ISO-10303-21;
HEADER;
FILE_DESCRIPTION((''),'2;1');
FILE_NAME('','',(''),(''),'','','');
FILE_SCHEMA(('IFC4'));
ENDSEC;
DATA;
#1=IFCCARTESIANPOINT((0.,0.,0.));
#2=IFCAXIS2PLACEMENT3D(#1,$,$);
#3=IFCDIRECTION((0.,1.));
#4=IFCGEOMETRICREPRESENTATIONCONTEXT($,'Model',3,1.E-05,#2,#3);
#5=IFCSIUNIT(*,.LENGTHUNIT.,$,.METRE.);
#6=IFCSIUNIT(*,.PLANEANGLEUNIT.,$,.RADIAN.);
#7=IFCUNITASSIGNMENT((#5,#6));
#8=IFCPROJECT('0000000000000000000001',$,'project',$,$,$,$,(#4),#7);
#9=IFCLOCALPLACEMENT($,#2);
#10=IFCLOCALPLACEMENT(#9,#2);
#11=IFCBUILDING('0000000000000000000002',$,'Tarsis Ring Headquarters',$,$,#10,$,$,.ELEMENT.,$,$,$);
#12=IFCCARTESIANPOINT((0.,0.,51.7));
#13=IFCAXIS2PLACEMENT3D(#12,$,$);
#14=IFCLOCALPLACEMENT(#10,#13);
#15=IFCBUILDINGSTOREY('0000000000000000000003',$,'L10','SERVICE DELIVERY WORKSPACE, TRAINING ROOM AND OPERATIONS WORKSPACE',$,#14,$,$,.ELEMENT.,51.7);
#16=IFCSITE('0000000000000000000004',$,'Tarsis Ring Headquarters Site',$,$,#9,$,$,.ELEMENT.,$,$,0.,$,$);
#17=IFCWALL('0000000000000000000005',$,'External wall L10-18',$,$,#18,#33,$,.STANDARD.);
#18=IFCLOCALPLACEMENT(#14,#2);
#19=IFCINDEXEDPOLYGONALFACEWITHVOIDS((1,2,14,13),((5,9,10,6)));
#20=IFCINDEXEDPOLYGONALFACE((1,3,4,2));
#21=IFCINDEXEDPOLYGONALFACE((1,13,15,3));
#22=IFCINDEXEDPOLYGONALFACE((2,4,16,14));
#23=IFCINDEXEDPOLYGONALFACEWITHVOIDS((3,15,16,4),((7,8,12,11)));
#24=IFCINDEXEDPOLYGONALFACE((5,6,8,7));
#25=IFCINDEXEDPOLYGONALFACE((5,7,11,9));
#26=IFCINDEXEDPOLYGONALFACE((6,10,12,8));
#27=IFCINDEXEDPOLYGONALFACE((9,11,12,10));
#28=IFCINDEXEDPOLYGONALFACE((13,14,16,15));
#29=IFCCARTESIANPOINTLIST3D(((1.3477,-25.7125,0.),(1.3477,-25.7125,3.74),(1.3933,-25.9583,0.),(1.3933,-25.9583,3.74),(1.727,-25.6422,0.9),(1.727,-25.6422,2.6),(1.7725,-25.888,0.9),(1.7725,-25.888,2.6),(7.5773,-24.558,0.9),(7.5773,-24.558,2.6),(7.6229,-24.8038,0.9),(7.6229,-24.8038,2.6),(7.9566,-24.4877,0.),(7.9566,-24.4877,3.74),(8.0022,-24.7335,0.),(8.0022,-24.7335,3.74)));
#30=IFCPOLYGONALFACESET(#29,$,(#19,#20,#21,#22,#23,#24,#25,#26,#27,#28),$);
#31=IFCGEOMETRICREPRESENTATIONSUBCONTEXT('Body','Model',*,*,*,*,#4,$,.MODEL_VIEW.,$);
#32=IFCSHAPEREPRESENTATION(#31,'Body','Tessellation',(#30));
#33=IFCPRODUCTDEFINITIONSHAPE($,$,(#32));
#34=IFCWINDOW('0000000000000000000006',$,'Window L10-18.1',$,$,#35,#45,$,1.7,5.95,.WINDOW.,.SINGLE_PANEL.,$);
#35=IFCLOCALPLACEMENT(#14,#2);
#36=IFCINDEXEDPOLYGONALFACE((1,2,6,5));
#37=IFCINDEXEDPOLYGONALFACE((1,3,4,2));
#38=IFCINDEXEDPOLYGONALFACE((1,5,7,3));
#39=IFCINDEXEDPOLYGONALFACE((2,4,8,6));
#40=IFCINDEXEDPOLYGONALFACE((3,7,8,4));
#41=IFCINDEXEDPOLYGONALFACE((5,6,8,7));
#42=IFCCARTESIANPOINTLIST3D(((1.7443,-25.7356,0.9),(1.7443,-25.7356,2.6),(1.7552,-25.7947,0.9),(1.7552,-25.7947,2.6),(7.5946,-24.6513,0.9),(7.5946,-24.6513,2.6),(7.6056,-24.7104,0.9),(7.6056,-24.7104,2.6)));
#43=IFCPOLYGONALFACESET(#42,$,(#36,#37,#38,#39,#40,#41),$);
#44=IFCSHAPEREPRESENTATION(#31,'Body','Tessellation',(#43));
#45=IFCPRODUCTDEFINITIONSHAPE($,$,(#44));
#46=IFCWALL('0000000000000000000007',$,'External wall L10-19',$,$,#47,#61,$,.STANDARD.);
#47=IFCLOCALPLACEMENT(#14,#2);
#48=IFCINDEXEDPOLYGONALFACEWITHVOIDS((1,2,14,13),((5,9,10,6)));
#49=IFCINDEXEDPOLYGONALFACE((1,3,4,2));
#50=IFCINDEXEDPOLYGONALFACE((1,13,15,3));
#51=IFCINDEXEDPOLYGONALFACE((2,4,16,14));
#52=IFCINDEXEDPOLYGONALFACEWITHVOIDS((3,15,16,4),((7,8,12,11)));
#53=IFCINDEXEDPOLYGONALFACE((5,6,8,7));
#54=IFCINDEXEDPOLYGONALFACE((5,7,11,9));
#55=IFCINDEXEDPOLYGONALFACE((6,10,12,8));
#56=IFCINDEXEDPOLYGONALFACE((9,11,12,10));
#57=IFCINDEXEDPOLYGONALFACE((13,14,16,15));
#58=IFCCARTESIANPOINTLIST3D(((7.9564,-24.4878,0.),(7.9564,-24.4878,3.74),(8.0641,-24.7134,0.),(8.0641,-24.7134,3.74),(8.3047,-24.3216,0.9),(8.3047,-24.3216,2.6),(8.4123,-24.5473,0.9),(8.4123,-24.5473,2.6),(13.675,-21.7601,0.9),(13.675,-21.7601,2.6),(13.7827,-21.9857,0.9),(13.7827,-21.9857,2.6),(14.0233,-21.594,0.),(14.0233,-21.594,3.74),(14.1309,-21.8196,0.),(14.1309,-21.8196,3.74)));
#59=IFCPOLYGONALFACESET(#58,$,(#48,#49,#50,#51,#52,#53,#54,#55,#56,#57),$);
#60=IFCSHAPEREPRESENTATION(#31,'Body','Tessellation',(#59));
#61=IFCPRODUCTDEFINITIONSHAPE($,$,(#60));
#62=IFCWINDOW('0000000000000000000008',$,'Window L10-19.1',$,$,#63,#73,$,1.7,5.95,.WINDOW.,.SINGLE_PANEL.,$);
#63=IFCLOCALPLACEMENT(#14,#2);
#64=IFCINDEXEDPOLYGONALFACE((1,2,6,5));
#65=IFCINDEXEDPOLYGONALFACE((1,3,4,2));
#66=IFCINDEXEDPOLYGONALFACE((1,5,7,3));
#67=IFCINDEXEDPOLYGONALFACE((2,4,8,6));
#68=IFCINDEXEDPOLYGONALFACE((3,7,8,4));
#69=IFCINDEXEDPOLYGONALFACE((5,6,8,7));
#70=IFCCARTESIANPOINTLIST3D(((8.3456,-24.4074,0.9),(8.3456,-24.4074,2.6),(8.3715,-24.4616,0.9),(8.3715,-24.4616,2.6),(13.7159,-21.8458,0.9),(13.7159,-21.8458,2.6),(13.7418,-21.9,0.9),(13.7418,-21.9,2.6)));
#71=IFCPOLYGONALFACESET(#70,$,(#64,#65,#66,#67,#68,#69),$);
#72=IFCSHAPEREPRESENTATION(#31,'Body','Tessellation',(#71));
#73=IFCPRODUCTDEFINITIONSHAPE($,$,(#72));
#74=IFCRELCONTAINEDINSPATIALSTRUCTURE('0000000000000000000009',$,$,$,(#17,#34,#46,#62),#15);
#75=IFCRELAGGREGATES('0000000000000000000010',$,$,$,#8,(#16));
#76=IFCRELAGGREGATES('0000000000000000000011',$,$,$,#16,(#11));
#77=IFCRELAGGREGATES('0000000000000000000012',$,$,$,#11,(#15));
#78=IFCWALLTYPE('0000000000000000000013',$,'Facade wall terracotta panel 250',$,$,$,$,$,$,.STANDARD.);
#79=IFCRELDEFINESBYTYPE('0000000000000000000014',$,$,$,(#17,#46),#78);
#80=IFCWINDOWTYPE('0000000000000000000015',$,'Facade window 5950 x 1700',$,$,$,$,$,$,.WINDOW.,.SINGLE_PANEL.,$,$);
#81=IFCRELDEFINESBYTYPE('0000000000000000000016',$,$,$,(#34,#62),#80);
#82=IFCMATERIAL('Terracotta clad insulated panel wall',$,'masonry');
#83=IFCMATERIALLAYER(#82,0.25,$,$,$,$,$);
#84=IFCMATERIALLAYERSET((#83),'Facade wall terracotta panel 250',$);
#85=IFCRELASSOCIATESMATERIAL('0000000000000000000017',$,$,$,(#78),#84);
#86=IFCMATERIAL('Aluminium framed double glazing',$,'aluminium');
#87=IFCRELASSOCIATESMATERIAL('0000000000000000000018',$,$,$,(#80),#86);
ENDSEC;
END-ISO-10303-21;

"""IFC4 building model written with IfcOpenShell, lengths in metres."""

from ifc_helpers import new_model, si_unit, direction, frame, frame_2d, origin, place, context, subcontext, project, spatial, rectangle, extrude, material, layer, layer_set, type_object, element, fill, save


model = new_model("IFC4")

# Units and contexts
model_context = context("Model", 3, precision=1e-05, world=origin(), true_north=direction((0.0, 1.0)))
body_context = subcontext(model_context, "Body", "Model", "MODEL_VIEW")
ifc_project = project(units=[si_unit("LENGTHUNIT", "METRE"), si_unit("PLANEANGLEUNIT", "RADIAN")], contexts=[model_context])

# Site, building, storey
site_placement = place(None, origin())
site = spatial("IfcSite", under=ifc_project, at=site_placement, Name="Tarsis Ring Headquarters Site", CompositionType="ELEMENT", RefElevation=0.0)
building_placement = place(site_placement, origin())
building = spatial("IfcBuilding", under=site, at=building_placement, Name="Tarsis Ring Headquarters", CompositionType="ELEMENT")
storey_placement = place(building_placement, frame((0.0, 0.0, 51.7)))
storey = spatial("IfcBuildingStorey", under=building, at=storey_placement, Name="L10", Description="SERVICE DELIVERY WORKSPACE, TRAINING ROOM AND OPERATIONS WORKSPACE", CompositionType="ELEMENT", Elevation=51.7)

# Walls, openings, windows
ifc_material_1 = material(Name="Terracotta clad insulated panel wall", Category="masonry")
ifc_layer_1 = layer(ifc_material_1, 0.25)
ifc_layer_set_1 = layer_set([ifc_layer_1], Name="Facade wall terracotta panel 250")
wall_type_1 = type_object("IfcWallType", Name="Facade wall terracotta panel 250", PredefinedType="STANDARD", material=ifc_layer_set_1)
wall_1_placement = place(storey_placement, frame((1.3704, -25.8354, 0.0), z_axis=(0.0, 0.0, 1.0), x_axis=(0.983256, 0.182231, 0.0)))
wall_1 = element("IfcWall", 1, at=wall_1_placement, inside=storey, type_object=wall_type_1, Name="External wall L10-18", PredefinedType="STANDARD", context=body_context, shape_type="SweptSolid", body=[
    extrude(rectangle(XDim=6.7214, YDim=0.25, at=frame_2d((3.3608, 0.0))), origin(), (0.0, 0.0, 1.0), 3.74),
])
opening_1_placement = place(wall_1_placement, frame((0.3857, 0.0, 0.8999)))
opening_1 = element("IfcOpeningElement", 2, at=opening_1_placement, cuts=wall_1, PredefinedType="OPENING", context=body_context, shape_type="SweptSolid", body=[
    extrude(rectangle(XDim=5.95, YDim=1.7, at=frame_2d((2.9751, 0.8501))), frame((0.0, 0.135, 0.0), z_axis=(0.0, -1.0, 0.0), x_axis=(1.0, 0.0, 0.0)), (0.0, 0.0, 1.0), 0.27),
])
ifc_material_2 = material(Name="Aluminium framed double glazing", Category="aluminium")
window_type = type_object("IfcWindowType", Name="Facade window 5950 x 1700", PartitioningType="SINGLE_PANEL", PredefinedType="WINDOW", material=ifc_material_2)
window_1_placement = place(opening_1_placement, origin())
window_1 = element("IfcWindow", 3, at=window_1_placement, inside=storey, type_object=window_type, Name="Window L10-18.1", OverallHeight=1.7, OverallWidth=5.95, PartitioningType="SINGLE_PANEL", PredefinedType="WINDOW", context=body_context, shape_type="SweptSolid", body=[
    extrude(rectangle(XDim=5.95, YDim=1.7, at=frame_2d((2.9751, 0.8501))), frame((0.0, 0.03, 0.0), z_axis=(0.0, -1.0, 0.0), x_axis=(1.0, 0.0, 0.0)), (0.0, 0.0, 1.0), 0.0601),
])
fill(opening_1, window_1)
wall_2_placement = place(storey_placement, frame((8.0103, -24.6006, 0.0), z_axis=(0.0, 0.0, 1.0), x_axis=(0.902583, 0.430516, 0.0)))
wall_2 = element("IfcWall", 4, at=wall_2_placement, inside=storey, type_object=wall_type_1, Name="External wall L10-19", PredefinedType="STANDARD", context=body_context, shape_type="SweptSolid", body=[
    extrude(rectangle(XDim=6.7217, YDim=0.25, at=frame_2d((3.3608, 0.0))), origin(), (0.0, 0.0, 1.0), 3.74),
])
opening_2_placement = place(wall_2_placement, frame((0.3857, 0.0, 0.8999)))
opening_2 = element("IfcOpeningElement", 5, at=opening_2_placement, cuts=wall_2, PredefinedType="OPENING", context=body_context, shape_type="SweptSolid", body=[
    extrude(rectangle(XDim=5.95, YDim=1.7, at=frame_2d((2.9751, 0.8501))), frame((0.0, 0.135, 0.0), z_axis=(0.0, -1.0, 0.0), x_axis=(1.0, 0.0, 0.0)), (0.0, 0.0, 1.0), 0.27),
])
window_2_placement = place(opening_2_placement, origin())
window_2 = element("IfcWindow", 6, at=window_2_placement, inside=storey, type_object=window_type, Name="Window L10-19.1", OverallHeight=1.7, OverallWidth=5.95, PartitioningType="SINGLE_PANEL", PredefinedType="WINDOW", context=body_context, shape_type="SweptSolid", body=[
    extrude(rectangle(XDim=5.95, YDim=1.7, at=frame_2d((2.9751, 0.8501))), frame((0.0, 0.03, 0.0), z_axis=(0.0, -1.0, 0.0), x_axis=(1.0, 0.0, 0.0)), (0.0, 0.0, 1.0), 0.0601),
])
fill(opening_2, window_2)

save(model, "model.ifc")
